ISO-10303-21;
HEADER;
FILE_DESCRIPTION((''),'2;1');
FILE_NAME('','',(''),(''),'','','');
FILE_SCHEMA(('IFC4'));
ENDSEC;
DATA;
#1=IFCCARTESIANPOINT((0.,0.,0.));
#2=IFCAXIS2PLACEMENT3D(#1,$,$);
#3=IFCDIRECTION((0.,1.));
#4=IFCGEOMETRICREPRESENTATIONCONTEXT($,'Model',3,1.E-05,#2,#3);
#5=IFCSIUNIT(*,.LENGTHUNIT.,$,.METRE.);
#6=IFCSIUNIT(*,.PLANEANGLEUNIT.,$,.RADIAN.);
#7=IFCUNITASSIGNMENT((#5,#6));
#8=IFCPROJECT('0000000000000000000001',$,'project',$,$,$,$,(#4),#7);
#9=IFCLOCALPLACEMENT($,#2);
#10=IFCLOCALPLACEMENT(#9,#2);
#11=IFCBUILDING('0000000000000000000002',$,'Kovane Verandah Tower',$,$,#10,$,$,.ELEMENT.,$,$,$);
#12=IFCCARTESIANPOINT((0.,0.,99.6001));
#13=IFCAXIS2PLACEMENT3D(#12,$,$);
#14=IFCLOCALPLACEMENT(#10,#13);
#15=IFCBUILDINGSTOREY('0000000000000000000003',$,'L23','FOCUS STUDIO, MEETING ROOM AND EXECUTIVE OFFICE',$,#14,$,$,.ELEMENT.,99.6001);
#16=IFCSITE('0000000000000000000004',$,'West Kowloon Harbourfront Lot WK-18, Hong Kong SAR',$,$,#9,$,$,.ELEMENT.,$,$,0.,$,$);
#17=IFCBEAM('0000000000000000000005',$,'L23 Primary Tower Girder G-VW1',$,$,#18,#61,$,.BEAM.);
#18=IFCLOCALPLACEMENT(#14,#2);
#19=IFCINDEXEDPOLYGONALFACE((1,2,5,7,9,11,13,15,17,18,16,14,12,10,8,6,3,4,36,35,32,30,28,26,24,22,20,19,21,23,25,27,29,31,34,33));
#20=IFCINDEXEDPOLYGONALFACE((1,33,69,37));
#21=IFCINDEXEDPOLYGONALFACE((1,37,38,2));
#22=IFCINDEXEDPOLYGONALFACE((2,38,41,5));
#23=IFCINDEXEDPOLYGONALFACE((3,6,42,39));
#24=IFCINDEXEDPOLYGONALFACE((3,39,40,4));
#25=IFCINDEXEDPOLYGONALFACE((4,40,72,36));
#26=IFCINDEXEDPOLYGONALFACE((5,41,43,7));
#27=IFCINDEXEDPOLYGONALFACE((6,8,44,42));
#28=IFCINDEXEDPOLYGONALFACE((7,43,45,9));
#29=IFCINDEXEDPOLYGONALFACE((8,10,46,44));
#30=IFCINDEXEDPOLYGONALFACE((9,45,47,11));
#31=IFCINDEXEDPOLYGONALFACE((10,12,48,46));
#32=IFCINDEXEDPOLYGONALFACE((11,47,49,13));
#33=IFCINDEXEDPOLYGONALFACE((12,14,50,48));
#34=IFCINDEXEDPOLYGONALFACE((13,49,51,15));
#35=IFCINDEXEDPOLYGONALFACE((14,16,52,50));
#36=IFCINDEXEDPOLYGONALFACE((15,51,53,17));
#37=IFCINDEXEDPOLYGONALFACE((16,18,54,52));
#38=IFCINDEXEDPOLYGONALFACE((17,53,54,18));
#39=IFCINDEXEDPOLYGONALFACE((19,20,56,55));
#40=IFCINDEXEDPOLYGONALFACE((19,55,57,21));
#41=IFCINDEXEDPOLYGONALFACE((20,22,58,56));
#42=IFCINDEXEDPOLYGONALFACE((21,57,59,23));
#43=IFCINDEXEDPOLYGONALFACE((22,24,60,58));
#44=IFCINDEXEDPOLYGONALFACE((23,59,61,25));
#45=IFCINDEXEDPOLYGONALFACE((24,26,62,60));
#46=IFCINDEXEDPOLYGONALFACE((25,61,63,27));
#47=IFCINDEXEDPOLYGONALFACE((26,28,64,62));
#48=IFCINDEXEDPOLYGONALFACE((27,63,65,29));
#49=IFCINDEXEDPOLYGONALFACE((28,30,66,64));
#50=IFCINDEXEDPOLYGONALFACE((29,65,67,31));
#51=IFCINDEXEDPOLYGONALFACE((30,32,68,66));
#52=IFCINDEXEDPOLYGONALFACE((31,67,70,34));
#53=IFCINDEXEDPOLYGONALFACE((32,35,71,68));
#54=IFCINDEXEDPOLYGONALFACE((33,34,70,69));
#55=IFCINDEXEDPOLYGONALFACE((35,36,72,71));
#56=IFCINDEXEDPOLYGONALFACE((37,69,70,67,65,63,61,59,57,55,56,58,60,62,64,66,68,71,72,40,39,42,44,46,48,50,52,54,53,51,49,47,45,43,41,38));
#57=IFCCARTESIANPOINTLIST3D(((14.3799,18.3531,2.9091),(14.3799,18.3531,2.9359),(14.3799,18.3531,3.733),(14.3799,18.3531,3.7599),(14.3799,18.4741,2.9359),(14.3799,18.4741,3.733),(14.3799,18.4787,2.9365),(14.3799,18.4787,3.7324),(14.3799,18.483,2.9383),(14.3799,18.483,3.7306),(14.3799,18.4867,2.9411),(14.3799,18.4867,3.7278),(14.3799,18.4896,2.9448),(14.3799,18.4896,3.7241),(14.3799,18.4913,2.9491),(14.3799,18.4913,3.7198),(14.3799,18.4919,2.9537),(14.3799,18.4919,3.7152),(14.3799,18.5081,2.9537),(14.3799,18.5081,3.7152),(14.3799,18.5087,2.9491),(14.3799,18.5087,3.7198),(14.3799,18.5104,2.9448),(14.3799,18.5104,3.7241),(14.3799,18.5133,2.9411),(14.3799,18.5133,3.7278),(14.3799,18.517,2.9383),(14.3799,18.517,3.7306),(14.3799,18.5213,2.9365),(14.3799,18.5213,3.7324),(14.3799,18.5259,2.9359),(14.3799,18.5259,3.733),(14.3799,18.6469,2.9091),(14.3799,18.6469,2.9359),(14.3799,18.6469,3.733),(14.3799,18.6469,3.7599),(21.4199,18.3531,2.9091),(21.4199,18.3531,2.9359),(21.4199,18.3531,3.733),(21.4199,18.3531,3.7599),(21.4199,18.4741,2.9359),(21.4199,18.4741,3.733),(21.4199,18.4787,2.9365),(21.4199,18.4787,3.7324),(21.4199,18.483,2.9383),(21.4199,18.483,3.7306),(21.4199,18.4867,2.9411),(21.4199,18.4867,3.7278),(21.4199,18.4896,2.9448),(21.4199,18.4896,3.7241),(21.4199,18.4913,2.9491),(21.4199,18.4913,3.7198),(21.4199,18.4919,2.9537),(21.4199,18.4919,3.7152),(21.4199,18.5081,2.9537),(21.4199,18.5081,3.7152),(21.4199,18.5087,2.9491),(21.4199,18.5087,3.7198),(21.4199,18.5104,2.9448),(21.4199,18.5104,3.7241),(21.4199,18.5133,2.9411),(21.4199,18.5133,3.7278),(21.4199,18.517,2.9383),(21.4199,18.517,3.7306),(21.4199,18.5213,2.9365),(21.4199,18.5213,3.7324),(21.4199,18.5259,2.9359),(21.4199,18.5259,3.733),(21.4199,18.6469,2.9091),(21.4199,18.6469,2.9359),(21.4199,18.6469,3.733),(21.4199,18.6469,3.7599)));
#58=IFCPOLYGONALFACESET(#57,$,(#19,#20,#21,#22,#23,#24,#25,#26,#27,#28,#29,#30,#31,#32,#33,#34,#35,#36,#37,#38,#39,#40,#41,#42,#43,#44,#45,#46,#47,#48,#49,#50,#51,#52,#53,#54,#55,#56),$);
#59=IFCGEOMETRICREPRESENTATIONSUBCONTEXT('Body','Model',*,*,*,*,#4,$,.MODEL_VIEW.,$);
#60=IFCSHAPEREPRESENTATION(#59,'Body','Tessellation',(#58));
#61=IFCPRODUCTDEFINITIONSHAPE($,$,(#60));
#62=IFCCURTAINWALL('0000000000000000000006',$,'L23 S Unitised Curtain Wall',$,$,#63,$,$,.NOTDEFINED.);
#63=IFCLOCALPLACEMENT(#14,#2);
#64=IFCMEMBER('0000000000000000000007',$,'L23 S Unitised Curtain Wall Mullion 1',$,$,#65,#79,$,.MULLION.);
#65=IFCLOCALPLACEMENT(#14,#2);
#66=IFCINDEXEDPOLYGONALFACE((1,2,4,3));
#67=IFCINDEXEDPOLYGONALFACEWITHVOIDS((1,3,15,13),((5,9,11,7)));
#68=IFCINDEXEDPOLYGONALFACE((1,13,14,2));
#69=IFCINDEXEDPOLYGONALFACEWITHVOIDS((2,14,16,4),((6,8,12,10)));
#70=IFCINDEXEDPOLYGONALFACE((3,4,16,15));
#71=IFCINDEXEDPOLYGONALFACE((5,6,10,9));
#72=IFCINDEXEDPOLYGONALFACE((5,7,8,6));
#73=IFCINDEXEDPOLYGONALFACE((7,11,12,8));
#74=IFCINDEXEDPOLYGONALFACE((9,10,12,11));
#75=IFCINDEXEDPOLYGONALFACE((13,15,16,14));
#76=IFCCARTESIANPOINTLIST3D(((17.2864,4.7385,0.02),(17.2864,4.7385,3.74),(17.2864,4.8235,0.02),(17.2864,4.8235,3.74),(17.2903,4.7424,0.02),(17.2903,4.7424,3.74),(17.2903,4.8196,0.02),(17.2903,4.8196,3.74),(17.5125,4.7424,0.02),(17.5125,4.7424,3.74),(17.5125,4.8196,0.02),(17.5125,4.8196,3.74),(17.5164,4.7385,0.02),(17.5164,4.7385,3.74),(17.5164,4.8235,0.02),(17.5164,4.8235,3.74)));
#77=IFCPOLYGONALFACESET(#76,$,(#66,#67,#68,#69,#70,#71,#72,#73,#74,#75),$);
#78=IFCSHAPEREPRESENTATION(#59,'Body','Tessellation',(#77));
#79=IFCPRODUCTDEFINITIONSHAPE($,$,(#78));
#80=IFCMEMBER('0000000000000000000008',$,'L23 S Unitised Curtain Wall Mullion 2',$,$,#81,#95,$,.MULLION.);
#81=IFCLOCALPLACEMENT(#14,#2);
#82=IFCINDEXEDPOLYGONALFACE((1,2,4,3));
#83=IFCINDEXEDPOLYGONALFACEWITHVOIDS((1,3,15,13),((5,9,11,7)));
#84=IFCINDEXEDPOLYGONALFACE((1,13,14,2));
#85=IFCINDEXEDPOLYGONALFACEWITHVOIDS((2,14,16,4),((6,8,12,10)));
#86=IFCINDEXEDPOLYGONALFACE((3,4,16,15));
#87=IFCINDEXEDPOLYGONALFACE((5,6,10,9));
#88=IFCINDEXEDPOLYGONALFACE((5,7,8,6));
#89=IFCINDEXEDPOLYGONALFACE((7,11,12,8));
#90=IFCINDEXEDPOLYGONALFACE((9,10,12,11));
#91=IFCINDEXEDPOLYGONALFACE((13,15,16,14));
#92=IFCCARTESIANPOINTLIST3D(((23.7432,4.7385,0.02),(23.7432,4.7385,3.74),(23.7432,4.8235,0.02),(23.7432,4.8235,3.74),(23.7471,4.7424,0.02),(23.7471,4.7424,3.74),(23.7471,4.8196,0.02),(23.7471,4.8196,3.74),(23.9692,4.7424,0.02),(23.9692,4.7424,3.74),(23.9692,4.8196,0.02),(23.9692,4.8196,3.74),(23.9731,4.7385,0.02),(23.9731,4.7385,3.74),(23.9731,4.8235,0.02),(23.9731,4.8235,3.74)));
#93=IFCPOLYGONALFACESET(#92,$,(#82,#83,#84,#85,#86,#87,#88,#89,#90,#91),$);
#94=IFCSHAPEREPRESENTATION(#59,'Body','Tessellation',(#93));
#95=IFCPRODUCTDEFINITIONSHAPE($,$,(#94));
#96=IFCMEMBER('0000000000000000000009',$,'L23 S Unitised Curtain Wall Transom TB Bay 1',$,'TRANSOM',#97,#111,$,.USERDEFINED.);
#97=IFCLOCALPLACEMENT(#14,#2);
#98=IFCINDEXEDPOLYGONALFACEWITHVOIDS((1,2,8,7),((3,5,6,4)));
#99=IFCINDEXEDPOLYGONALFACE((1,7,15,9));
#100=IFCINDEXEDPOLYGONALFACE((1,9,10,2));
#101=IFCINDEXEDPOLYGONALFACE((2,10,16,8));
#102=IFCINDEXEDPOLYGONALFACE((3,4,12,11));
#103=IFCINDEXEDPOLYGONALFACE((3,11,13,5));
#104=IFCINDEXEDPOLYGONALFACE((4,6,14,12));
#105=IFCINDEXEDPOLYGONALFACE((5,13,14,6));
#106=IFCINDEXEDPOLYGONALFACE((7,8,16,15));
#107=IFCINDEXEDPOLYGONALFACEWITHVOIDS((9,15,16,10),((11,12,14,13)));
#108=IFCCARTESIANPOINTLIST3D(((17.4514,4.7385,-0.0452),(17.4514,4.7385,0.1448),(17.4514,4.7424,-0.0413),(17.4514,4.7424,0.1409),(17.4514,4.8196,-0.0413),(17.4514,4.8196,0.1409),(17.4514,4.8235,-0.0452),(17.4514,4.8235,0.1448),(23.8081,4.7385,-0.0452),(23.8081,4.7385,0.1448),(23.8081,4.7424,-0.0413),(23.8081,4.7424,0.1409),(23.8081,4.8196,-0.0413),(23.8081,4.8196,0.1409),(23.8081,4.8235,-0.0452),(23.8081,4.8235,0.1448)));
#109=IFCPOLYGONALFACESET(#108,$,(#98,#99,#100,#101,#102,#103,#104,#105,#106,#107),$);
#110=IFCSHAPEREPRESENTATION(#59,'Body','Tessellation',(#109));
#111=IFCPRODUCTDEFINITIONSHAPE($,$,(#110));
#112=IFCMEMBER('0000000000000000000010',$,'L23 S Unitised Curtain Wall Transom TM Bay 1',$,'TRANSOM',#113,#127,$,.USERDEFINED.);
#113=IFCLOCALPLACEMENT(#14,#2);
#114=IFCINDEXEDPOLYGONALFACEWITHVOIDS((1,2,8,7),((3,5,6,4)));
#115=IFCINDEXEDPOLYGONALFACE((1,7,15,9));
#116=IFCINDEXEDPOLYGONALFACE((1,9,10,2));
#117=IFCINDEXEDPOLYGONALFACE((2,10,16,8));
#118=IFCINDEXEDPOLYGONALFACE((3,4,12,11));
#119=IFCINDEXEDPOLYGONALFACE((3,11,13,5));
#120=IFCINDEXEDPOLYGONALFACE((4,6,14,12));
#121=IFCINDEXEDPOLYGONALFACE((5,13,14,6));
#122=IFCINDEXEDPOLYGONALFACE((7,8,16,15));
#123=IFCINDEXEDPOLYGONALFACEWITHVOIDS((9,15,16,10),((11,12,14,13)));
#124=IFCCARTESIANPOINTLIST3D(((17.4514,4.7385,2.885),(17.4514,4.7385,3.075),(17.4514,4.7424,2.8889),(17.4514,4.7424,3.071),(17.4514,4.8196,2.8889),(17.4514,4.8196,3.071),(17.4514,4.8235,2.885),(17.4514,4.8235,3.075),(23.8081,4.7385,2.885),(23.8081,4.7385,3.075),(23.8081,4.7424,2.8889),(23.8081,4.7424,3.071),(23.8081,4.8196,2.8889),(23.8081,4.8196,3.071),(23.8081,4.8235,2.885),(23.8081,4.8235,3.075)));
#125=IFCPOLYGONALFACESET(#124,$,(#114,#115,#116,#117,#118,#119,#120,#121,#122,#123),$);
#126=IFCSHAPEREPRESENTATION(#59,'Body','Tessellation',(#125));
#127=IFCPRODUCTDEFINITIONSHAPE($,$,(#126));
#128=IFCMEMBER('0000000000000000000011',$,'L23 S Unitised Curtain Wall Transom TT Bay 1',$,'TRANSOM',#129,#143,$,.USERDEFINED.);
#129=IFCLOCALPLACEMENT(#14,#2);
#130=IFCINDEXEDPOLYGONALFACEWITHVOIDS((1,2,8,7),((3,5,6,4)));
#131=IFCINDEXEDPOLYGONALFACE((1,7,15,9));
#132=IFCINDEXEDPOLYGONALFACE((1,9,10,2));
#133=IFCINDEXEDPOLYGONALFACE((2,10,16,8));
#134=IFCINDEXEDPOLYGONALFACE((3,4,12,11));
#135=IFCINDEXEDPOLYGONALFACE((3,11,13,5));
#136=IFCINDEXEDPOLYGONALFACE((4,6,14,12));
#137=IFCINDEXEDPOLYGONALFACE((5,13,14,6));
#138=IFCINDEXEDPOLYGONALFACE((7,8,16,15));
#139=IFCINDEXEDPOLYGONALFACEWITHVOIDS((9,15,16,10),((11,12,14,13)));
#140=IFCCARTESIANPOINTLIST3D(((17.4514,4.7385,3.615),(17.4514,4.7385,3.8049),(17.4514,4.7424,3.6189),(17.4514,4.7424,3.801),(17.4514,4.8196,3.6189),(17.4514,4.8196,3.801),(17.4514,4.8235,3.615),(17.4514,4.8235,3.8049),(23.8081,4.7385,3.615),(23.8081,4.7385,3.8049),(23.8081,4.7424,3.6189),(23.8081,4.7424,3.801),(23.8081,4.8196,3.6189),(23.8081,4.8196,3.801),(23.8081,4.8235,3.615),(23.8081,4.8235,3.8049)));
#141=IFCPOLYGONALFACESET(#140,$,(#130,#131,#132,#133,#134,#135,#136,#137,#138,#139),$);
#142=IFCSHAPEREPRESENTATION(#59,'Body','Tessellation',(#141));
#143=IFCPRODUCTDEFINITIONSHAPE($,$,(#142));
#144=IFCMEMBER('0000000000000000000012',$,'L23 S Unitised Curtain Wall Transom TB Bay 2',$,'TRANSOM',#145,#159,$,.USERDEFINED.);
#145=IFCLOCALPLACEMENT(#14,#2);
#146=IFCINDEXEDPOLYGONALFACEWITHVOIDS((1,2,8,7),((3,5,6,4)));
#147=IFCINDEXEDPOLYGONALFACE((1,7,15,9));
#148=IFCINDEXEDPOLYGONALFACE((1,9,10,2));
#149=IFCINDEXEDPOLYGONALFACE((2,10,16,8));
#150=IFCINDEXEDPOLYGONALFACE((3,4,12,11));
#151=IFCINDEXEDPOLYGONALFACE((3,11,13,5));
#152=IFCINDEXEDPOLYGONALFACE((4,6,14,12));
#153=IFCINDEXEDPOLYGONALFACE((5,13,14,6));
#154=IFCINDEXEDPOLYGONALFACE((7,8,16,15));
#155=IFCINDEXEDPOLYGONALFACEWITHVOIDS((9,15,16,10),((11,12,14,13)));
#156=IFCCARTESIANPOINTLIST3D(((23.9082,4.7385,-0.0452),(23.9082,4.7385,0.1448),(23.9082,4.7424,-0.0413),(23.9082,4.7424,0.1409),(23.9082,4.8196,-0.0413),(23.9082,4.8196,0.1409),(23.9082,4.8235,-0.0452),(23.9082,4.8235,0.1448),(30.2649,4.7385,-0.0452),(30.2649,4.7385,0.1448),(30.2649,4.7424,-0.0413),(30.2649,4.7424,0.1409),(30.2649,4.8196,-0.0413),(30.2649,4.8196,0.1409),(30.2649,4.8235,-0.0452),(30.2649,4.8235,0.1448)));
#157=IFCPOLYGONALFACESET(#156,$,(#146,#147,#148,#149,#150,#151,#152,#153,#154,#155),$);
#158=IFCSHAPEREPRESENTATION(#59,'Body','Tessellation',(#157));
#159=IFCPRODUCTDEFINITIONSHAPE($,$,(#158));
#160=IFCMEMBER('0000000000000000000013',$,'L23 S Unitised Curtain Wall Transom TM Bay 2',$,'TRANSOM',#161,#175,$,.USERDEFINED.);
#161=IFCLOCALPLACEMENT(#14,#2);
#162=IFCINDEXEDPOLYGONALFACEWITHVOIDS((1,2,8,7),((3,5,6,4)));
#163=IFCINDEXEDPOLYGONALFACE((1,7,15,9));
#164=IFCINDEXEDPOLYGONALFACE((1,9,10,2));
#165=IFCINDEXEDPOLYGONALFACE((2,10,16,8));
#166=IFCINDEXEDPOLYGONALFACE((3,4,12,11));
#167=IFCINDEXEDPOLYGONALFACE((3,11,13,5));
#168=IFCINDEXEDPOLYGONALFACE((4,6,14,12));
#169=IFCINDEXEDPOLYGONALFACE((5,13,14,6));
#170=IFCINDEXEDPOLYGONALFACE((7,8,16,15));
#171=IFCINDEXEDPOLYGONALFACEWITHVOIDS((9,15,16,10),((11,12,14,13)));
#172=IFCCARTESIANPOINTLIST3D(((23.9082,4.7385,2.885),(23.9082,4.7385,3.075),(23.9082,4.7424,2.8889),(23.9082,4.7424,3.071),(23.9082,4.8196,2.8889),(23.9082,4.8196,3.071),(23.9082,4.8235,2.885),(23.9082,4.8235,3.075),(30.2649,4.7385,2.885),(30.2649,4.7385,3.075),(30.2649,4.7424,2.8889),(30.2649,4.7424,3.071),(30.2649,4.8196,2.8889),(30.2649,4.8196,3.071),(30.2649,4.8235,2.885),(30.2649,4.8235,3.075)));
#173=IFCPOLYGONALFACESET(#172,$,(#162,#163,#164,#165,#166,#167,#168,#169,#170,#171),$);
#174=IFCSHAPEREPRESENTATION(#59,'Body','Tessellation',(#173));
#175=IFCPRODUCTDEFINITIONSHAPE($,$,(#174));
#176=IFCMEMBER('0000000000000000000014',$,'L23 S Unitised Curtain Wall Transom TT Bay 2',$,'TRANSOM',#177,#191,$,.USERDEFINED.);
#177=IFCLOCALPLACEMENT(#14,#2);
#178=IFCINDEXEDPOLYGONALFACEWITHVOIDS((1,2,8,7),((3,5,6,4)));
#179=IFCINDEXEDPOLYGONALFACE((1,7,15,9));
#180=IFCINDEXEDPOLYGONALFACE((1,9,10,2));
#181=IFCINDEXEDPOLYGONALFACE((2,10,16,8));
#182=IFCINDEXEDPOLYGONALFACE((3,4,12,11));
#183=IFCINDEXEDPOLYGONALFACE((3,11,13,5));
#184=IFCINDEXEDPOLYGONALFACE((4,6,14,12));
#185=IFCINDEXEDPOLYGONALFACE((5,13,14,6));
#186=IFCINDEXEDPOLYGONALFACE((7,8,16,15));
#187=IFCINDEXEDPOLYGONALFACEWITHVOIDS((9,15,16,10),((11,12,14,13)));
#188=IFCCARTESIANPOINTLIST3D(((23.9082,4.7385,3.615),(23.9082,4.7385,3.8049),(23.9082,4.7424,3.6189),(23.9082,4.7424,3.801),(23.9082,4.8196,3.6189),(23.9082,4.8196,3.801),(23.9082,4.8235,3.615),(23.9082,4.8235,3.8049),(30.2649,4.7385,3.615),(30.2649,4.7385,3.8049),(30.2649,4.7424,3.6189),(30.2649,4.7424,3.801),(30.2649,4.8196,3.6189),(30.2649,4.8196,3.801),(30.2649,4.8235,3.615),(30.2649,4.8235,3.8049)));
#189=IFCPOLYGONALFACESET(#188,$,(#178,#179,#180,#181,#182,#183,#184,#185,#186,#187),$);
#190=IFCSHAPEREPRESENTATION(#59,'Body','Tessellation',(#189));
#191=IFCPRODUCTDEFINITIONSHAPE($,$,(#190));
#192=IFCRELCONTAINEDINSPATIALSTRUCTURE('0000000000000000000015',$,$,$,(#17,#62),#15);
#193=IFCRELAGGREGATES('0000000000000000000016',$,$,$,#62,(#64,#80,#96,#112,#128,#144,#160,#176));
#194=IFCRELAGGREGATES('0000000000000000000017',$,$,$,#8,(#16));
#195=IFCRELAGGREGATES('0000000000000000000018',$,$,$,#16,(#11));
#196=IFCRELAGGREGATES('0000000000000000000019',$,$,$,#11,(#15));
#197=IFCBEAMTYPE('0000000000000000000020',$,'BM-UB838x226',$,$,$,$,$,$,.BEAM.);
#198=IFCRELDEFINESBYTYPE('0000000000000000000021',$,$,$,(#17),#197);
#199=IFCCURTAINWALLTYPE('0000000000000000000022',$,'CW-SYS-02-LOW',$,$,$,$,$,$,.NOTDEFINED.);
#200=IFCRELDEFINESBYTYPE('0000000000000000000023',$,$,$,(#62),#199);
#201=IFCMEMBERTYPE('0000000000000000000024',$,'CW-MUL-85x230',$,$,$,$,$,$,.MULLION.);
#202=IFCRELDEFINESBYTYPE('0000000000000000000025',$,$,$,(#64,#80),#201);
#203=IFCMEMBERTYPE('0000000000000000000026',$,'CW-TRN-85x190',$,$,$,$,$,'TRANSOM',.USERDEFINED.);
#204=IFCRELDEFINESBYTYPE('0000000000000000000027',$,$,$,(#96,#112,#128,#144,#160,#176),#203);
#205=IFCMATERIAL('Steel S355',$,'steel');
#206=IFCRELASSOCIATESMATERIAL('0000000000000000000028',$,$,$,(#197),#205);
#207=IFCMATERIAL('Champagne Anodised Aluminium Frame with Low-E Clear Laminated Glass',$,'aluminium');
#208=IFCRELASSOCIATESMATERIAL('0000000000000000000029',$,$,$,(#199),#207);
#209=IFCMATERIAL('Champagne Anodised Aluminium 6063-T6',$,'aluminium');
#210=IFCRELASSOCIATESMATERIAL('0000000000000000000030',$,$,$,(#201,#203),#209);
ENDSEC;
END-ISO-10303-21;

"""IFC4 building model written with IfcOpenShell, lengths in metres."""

from ifc_helpers import new_model, si_unit, direction, frame, origin, origin_2d, place, context, subcontext, project, spatial, hollow_rectangle, i_section, extrude, material, material_profile, profile_set, type_object, element, aggregate, save


model = new_model("IFC4")

# Units and contexts
model_context = context("Model", 3, precision=1e-05, world=origin(), true_north=direction((0.0, 1.0)))
body_context = subcontext(model_context, "Body", "Model", "MODEL_VIEW")
ifc_project = project(units=[si_unit("LENGTHUNIT", "METRE"), si_unit("PLANEANGLEUNIT", "RADIAN")], contexts=[model_context])

# Site, building, storey
site_placement = place(None, origin())
site = spatial("IfcSite", under=ifc_project, at=site_placement, Name="West Kowloon Harbourfront Lot WK-18, Hong Kong SAR", CompositionType="ELEMENT", RefElevation=0.0)
building_placement = place(site_placement, origin())
building = spatial("IfcBuilding", under=site, at=building_placement, Name="Kovane Verandah Tower", CompositionType="ELEMENT")
storey_placement = place(building_placement, frame((0.0, 0.0, 99.6001)))
storey = spatial("IfcBuildingStorey", under=building, at=storey_placement, Name="L23", Description="FOCUS STUDIO, MEETING ROOM AND EXECUTIVE OFFICE", CompositionType="ELEMENT", Elevation=99.6001)

# Beam
ifc_material_1 = material(Name="Steel S355", Category="steel")
ifc_material_profile_1 = material_profile(ifc_material_1, i_section(OverallWidth=0.2937, OverallDepth=0.8508, WebThickness=0.0161, FlangeThickness=0.0269, FilletRadius=0.0178, at=origin_2d()), Name="UB838x292x226")
ifc_profile_set_1 = profile_set([ifc_material_profile_1], Name="Steel S355")
beam_type_1 = type_object("IfcBeamType", Name="BM-UB838x226", PredefinedType="BEAM", material=ifc_profile_set_1)
beam_1_placement = place(storey_placement, frame((21.4199, 18.5, 3.3345), z_axis=(-1.0, 0.0, 0.0), x_axis=(0.0, -1.0, 0.0)))
element("IfcBeam", 1, at=beam_1_placement, inside=storey, type_object=beam_type_1, Name="L23 Primary Tower Girder G-VW1", PredefinedType="BEAM", context=body_context, shape_type="SweptSolid", body=[
    extrude(i_section(OverallWidth=0.2937, OverallDepth=0.8508, WebThickness=0.0161, FlangeThickness=0.0269, FilletRadius=0.0178, at=origin_2d()), origin(), (0.0, 0.0, 1.0), 7.04),
])

# Curtain wall, members
ifc_material_2 = material(Name="Champagne Anodised Aluminium Frame with Low-E Clear Laminated Glass", Category="aluminium")
curtain_wall_type = type_object("IfcCurtainWallType", Name="CW-SYS-02-LOW", PredefinedType="NOTDEFINED", material=ifc_material_2)
curtain_wall_placement = place(storey_placement, origin())
curtain_wall = element("IfcCurtainWall", 2, at=curtain_wall_placement, inside=storey, type_object=curtain_wall_type, Name="L23 S Unitised Curtain Wall", PredefinedType="NOTDEFINED")
ifc_material_3 = material(Name="Champagne Anodised Aluminium 6063-T6", Category="aluminium")
ifc_material_profile_2 = material_profile(ifc_material_3, hollow_rectangle(XDim=0.085, YDim=0.23, WallThickness=0.0039, at=origin_2d()), Name="AL85x230x4")
ifc_profile_set_2 = profile_set([ifc_material_profile_2], Name="Champagne Anodised Aluminium 6063-T6")
member_type_1 = type_object("IfcMemberType", Name="CW-MUL-85x230", PredefinedType="MULLION", material=ifc_profile_set_2)
member_1_placement = place(storey_placement, frame((17.4014, 4.781, 0.02), z_axis=(0.0, 0.0, 1.0), x_axis=(0.0, -1.0, 0.0)))
member_1 = element("IfcMember", 3, at=member_1_placement, type_object=member_type_1, Name="L23 S Unitised Curtain Wall Mullion 1", PredefinedType="MULLION", context=body_context, shape_type="SweptSolid", body=[
    extrude(hollow_rectangle(XDim=0.085, YDim=0.23, WallThickness=0.0039, at=origin_2d()), origin(), (0.0, 0.0, 1.0), 3.72),
])
member_2_placement = place(storey_placement, frame((23.8582, 4.781, 0.02), z_axis=(0.0, 0.0, 1.0), x_axis=(0.0, -1.0, 0.0)))
member_2 = element("IfcMember", 4, at=member_2_placement, type_object=member_type_1, Name="L23 S Unitised Curtain Wall Mullion 2", PredefinedType="MULLION", context=body_context, shape_type="SweptSolid", body=[
    extrude(hollow_rectangle(XDim=0.085, YDim=0.23, WallThickness=0.0039, at=origin_2d()), origin(), (0.0, 0.0, 1.0), 3.72),
])
ifc_material_profile_3 = material_profile(ifc_material_3, hollow_rectangle(XDim=0.085, YDim=0.1899, WallThickness=0.0039, at=origin_2d()), Name="AL85x190x4")
ifc_profile_set_3 = profile_set([ifc_material_profile_3], Name="Champagne Anodised Aluminium 6063-T6")
member_type_2 = type_object("IfcMemberType", Name="CW-TRN-85x190", ElementType="TRANSOM", PredefinedType="USERDEFINED", material=ifc_profile_set_3)
member_3_placement = place(storey_placement, frame((17.4514, 4.781, 0.0498), z_axis=(1.0, 0.0, 0.0), x_axis=(0.0, 1.0, 0.0)))
member_3 = element("IfcMember", 5, at=member_3_placement, type_object=member_type_2, Name="L23 S Unitised Curtain Wall Transom TB Bay 1", ObjectType="TRANSOM", PredefinedType="USERDEFINED", context=body_context, shape_type="SweptSolid", body=[
    extrude(hollow_rectangle(XDim=0.085, YDim=0.1899, WallThickness=0.0039, at=origin_2d()), origin(), (0.0, 0.0, 1.0), 6.3567),
])
member_4_placement = place(storey_placement, frame((17.4514, 4.781, 2.98), z_axis=(1.0, 0.0, 0.0), x_axis=(0.0, 1.0, 0.0)))
member_4 = element("IfcMember", 6, at=member_4_placement, type_object=member_type_2, Name="L23 S Unitised Curtain Wall Transom TM Bay 1", ObjectType="TRANSOM", PredefinedType="USERDEFINED", context=body_context, shape_type="SweptSolid", body=[
    extrude(hollow_rectangle(XDim=0.085, YDim=0.1899, WallThickness=0.0039, at=origin_2d()), origin(), (0.0, 0.0, 1.0), 6.3567),
])
member_5_placement = place(storey_placement, frame((17.4514, 4.781, 3.71), z_axis=(1.0, 0.0, 0.0), x_axis=(0.0, 1.0, 0.0)))
member_5 = element("IfcMember", 7, at=member_5_placement, type_object=member_type_2, Name="L23 S Unitised Curtain Wall Transom TT Bay 1", ObjectType="TRANSOM", PredefinedType="USERDEFINED", context=body_context, shape_type="SweptSolid", body=[
    extrude(hollow_rectangle(XDim=0.085, YDim=0.1899, WallThickness=0.0039, at=origin_2d()), origin(), (0.0, 0.0, 1.0), 6.3567),
])
member_6_placement = place(storey_placement, frame((23.9082, 4.781, 0.0498), z_axis=(1.0, 0.0, 0.0), x_axis=(0.0, 1.0, 0.0)))
member_6 = element("IfcMember", 8, at=member_6_placement, type_object=member_type_2, Name="L23 S Unitised Curtain Wall Transom TB Bay 2", ObjectType="TRANSOM", PredefinedType="USERDEFINED", context=body_context, shape_type="SweptSolid", body=[
    extrude(hollow_rectangle(XDim=0.085, YDim=0.1899, WallThickness=0.0039, at=origin_2d()), origin(), (0.0, 0.0, 1.0), 6.3567),
])
member_7_placement = place(storey_placement, frame((23.9082, 4.781, 2.98), z_axis=(1.0, 0.0, 0.0), x_axis=(0.0, 1.0, 0.0)))
member_7 = element("IfcMember", 9, at=member_7_placement, type_object=member_type_2, Name="L23 S Unitised Curtain Wall Transom TM Bay 2", ObjectType="TRANSOM", PredefinedType="USERDEFINED", context=body_context, shape_type="SweptSolid", body=[
    extrude(hollow_rectangle(XDim=0.085, YDim=0.1899, WallThickness=0.0039, at=origin_2d()), origin(), (0.0, 0.0, 1.0), 6.3567),
])
member_8_placement = place(storey_placement, frame((23.9082, 4.781, 3.71), z_axis=(1.0, 0.0, 0.0), x_axis=(0.0, 1.0, 0.0)))
member_8 = element("IfcMember", 10, at=member_8_placement, type_object=member_type_2, Name="L23 S Unitised Curtain Wall Transom TT Bay 2", ObjectType="TRANSOM", PredefinedType="USERDEFINED", context=body_context, shape_type="SweptSolid", body=[
    extrude(hollow_rectangle(XDim=0.085, YDim=0.1899, WallThickness=0.0039, at=origin_2d()), origin(), (0.0, 0.0, 1.0), 6.3567),
])

aggregate(curtain_wall, [member_1, member_2, member_3, member_4, member_5, member_6, member_7, member_8])

save(model, "model.ifc")
